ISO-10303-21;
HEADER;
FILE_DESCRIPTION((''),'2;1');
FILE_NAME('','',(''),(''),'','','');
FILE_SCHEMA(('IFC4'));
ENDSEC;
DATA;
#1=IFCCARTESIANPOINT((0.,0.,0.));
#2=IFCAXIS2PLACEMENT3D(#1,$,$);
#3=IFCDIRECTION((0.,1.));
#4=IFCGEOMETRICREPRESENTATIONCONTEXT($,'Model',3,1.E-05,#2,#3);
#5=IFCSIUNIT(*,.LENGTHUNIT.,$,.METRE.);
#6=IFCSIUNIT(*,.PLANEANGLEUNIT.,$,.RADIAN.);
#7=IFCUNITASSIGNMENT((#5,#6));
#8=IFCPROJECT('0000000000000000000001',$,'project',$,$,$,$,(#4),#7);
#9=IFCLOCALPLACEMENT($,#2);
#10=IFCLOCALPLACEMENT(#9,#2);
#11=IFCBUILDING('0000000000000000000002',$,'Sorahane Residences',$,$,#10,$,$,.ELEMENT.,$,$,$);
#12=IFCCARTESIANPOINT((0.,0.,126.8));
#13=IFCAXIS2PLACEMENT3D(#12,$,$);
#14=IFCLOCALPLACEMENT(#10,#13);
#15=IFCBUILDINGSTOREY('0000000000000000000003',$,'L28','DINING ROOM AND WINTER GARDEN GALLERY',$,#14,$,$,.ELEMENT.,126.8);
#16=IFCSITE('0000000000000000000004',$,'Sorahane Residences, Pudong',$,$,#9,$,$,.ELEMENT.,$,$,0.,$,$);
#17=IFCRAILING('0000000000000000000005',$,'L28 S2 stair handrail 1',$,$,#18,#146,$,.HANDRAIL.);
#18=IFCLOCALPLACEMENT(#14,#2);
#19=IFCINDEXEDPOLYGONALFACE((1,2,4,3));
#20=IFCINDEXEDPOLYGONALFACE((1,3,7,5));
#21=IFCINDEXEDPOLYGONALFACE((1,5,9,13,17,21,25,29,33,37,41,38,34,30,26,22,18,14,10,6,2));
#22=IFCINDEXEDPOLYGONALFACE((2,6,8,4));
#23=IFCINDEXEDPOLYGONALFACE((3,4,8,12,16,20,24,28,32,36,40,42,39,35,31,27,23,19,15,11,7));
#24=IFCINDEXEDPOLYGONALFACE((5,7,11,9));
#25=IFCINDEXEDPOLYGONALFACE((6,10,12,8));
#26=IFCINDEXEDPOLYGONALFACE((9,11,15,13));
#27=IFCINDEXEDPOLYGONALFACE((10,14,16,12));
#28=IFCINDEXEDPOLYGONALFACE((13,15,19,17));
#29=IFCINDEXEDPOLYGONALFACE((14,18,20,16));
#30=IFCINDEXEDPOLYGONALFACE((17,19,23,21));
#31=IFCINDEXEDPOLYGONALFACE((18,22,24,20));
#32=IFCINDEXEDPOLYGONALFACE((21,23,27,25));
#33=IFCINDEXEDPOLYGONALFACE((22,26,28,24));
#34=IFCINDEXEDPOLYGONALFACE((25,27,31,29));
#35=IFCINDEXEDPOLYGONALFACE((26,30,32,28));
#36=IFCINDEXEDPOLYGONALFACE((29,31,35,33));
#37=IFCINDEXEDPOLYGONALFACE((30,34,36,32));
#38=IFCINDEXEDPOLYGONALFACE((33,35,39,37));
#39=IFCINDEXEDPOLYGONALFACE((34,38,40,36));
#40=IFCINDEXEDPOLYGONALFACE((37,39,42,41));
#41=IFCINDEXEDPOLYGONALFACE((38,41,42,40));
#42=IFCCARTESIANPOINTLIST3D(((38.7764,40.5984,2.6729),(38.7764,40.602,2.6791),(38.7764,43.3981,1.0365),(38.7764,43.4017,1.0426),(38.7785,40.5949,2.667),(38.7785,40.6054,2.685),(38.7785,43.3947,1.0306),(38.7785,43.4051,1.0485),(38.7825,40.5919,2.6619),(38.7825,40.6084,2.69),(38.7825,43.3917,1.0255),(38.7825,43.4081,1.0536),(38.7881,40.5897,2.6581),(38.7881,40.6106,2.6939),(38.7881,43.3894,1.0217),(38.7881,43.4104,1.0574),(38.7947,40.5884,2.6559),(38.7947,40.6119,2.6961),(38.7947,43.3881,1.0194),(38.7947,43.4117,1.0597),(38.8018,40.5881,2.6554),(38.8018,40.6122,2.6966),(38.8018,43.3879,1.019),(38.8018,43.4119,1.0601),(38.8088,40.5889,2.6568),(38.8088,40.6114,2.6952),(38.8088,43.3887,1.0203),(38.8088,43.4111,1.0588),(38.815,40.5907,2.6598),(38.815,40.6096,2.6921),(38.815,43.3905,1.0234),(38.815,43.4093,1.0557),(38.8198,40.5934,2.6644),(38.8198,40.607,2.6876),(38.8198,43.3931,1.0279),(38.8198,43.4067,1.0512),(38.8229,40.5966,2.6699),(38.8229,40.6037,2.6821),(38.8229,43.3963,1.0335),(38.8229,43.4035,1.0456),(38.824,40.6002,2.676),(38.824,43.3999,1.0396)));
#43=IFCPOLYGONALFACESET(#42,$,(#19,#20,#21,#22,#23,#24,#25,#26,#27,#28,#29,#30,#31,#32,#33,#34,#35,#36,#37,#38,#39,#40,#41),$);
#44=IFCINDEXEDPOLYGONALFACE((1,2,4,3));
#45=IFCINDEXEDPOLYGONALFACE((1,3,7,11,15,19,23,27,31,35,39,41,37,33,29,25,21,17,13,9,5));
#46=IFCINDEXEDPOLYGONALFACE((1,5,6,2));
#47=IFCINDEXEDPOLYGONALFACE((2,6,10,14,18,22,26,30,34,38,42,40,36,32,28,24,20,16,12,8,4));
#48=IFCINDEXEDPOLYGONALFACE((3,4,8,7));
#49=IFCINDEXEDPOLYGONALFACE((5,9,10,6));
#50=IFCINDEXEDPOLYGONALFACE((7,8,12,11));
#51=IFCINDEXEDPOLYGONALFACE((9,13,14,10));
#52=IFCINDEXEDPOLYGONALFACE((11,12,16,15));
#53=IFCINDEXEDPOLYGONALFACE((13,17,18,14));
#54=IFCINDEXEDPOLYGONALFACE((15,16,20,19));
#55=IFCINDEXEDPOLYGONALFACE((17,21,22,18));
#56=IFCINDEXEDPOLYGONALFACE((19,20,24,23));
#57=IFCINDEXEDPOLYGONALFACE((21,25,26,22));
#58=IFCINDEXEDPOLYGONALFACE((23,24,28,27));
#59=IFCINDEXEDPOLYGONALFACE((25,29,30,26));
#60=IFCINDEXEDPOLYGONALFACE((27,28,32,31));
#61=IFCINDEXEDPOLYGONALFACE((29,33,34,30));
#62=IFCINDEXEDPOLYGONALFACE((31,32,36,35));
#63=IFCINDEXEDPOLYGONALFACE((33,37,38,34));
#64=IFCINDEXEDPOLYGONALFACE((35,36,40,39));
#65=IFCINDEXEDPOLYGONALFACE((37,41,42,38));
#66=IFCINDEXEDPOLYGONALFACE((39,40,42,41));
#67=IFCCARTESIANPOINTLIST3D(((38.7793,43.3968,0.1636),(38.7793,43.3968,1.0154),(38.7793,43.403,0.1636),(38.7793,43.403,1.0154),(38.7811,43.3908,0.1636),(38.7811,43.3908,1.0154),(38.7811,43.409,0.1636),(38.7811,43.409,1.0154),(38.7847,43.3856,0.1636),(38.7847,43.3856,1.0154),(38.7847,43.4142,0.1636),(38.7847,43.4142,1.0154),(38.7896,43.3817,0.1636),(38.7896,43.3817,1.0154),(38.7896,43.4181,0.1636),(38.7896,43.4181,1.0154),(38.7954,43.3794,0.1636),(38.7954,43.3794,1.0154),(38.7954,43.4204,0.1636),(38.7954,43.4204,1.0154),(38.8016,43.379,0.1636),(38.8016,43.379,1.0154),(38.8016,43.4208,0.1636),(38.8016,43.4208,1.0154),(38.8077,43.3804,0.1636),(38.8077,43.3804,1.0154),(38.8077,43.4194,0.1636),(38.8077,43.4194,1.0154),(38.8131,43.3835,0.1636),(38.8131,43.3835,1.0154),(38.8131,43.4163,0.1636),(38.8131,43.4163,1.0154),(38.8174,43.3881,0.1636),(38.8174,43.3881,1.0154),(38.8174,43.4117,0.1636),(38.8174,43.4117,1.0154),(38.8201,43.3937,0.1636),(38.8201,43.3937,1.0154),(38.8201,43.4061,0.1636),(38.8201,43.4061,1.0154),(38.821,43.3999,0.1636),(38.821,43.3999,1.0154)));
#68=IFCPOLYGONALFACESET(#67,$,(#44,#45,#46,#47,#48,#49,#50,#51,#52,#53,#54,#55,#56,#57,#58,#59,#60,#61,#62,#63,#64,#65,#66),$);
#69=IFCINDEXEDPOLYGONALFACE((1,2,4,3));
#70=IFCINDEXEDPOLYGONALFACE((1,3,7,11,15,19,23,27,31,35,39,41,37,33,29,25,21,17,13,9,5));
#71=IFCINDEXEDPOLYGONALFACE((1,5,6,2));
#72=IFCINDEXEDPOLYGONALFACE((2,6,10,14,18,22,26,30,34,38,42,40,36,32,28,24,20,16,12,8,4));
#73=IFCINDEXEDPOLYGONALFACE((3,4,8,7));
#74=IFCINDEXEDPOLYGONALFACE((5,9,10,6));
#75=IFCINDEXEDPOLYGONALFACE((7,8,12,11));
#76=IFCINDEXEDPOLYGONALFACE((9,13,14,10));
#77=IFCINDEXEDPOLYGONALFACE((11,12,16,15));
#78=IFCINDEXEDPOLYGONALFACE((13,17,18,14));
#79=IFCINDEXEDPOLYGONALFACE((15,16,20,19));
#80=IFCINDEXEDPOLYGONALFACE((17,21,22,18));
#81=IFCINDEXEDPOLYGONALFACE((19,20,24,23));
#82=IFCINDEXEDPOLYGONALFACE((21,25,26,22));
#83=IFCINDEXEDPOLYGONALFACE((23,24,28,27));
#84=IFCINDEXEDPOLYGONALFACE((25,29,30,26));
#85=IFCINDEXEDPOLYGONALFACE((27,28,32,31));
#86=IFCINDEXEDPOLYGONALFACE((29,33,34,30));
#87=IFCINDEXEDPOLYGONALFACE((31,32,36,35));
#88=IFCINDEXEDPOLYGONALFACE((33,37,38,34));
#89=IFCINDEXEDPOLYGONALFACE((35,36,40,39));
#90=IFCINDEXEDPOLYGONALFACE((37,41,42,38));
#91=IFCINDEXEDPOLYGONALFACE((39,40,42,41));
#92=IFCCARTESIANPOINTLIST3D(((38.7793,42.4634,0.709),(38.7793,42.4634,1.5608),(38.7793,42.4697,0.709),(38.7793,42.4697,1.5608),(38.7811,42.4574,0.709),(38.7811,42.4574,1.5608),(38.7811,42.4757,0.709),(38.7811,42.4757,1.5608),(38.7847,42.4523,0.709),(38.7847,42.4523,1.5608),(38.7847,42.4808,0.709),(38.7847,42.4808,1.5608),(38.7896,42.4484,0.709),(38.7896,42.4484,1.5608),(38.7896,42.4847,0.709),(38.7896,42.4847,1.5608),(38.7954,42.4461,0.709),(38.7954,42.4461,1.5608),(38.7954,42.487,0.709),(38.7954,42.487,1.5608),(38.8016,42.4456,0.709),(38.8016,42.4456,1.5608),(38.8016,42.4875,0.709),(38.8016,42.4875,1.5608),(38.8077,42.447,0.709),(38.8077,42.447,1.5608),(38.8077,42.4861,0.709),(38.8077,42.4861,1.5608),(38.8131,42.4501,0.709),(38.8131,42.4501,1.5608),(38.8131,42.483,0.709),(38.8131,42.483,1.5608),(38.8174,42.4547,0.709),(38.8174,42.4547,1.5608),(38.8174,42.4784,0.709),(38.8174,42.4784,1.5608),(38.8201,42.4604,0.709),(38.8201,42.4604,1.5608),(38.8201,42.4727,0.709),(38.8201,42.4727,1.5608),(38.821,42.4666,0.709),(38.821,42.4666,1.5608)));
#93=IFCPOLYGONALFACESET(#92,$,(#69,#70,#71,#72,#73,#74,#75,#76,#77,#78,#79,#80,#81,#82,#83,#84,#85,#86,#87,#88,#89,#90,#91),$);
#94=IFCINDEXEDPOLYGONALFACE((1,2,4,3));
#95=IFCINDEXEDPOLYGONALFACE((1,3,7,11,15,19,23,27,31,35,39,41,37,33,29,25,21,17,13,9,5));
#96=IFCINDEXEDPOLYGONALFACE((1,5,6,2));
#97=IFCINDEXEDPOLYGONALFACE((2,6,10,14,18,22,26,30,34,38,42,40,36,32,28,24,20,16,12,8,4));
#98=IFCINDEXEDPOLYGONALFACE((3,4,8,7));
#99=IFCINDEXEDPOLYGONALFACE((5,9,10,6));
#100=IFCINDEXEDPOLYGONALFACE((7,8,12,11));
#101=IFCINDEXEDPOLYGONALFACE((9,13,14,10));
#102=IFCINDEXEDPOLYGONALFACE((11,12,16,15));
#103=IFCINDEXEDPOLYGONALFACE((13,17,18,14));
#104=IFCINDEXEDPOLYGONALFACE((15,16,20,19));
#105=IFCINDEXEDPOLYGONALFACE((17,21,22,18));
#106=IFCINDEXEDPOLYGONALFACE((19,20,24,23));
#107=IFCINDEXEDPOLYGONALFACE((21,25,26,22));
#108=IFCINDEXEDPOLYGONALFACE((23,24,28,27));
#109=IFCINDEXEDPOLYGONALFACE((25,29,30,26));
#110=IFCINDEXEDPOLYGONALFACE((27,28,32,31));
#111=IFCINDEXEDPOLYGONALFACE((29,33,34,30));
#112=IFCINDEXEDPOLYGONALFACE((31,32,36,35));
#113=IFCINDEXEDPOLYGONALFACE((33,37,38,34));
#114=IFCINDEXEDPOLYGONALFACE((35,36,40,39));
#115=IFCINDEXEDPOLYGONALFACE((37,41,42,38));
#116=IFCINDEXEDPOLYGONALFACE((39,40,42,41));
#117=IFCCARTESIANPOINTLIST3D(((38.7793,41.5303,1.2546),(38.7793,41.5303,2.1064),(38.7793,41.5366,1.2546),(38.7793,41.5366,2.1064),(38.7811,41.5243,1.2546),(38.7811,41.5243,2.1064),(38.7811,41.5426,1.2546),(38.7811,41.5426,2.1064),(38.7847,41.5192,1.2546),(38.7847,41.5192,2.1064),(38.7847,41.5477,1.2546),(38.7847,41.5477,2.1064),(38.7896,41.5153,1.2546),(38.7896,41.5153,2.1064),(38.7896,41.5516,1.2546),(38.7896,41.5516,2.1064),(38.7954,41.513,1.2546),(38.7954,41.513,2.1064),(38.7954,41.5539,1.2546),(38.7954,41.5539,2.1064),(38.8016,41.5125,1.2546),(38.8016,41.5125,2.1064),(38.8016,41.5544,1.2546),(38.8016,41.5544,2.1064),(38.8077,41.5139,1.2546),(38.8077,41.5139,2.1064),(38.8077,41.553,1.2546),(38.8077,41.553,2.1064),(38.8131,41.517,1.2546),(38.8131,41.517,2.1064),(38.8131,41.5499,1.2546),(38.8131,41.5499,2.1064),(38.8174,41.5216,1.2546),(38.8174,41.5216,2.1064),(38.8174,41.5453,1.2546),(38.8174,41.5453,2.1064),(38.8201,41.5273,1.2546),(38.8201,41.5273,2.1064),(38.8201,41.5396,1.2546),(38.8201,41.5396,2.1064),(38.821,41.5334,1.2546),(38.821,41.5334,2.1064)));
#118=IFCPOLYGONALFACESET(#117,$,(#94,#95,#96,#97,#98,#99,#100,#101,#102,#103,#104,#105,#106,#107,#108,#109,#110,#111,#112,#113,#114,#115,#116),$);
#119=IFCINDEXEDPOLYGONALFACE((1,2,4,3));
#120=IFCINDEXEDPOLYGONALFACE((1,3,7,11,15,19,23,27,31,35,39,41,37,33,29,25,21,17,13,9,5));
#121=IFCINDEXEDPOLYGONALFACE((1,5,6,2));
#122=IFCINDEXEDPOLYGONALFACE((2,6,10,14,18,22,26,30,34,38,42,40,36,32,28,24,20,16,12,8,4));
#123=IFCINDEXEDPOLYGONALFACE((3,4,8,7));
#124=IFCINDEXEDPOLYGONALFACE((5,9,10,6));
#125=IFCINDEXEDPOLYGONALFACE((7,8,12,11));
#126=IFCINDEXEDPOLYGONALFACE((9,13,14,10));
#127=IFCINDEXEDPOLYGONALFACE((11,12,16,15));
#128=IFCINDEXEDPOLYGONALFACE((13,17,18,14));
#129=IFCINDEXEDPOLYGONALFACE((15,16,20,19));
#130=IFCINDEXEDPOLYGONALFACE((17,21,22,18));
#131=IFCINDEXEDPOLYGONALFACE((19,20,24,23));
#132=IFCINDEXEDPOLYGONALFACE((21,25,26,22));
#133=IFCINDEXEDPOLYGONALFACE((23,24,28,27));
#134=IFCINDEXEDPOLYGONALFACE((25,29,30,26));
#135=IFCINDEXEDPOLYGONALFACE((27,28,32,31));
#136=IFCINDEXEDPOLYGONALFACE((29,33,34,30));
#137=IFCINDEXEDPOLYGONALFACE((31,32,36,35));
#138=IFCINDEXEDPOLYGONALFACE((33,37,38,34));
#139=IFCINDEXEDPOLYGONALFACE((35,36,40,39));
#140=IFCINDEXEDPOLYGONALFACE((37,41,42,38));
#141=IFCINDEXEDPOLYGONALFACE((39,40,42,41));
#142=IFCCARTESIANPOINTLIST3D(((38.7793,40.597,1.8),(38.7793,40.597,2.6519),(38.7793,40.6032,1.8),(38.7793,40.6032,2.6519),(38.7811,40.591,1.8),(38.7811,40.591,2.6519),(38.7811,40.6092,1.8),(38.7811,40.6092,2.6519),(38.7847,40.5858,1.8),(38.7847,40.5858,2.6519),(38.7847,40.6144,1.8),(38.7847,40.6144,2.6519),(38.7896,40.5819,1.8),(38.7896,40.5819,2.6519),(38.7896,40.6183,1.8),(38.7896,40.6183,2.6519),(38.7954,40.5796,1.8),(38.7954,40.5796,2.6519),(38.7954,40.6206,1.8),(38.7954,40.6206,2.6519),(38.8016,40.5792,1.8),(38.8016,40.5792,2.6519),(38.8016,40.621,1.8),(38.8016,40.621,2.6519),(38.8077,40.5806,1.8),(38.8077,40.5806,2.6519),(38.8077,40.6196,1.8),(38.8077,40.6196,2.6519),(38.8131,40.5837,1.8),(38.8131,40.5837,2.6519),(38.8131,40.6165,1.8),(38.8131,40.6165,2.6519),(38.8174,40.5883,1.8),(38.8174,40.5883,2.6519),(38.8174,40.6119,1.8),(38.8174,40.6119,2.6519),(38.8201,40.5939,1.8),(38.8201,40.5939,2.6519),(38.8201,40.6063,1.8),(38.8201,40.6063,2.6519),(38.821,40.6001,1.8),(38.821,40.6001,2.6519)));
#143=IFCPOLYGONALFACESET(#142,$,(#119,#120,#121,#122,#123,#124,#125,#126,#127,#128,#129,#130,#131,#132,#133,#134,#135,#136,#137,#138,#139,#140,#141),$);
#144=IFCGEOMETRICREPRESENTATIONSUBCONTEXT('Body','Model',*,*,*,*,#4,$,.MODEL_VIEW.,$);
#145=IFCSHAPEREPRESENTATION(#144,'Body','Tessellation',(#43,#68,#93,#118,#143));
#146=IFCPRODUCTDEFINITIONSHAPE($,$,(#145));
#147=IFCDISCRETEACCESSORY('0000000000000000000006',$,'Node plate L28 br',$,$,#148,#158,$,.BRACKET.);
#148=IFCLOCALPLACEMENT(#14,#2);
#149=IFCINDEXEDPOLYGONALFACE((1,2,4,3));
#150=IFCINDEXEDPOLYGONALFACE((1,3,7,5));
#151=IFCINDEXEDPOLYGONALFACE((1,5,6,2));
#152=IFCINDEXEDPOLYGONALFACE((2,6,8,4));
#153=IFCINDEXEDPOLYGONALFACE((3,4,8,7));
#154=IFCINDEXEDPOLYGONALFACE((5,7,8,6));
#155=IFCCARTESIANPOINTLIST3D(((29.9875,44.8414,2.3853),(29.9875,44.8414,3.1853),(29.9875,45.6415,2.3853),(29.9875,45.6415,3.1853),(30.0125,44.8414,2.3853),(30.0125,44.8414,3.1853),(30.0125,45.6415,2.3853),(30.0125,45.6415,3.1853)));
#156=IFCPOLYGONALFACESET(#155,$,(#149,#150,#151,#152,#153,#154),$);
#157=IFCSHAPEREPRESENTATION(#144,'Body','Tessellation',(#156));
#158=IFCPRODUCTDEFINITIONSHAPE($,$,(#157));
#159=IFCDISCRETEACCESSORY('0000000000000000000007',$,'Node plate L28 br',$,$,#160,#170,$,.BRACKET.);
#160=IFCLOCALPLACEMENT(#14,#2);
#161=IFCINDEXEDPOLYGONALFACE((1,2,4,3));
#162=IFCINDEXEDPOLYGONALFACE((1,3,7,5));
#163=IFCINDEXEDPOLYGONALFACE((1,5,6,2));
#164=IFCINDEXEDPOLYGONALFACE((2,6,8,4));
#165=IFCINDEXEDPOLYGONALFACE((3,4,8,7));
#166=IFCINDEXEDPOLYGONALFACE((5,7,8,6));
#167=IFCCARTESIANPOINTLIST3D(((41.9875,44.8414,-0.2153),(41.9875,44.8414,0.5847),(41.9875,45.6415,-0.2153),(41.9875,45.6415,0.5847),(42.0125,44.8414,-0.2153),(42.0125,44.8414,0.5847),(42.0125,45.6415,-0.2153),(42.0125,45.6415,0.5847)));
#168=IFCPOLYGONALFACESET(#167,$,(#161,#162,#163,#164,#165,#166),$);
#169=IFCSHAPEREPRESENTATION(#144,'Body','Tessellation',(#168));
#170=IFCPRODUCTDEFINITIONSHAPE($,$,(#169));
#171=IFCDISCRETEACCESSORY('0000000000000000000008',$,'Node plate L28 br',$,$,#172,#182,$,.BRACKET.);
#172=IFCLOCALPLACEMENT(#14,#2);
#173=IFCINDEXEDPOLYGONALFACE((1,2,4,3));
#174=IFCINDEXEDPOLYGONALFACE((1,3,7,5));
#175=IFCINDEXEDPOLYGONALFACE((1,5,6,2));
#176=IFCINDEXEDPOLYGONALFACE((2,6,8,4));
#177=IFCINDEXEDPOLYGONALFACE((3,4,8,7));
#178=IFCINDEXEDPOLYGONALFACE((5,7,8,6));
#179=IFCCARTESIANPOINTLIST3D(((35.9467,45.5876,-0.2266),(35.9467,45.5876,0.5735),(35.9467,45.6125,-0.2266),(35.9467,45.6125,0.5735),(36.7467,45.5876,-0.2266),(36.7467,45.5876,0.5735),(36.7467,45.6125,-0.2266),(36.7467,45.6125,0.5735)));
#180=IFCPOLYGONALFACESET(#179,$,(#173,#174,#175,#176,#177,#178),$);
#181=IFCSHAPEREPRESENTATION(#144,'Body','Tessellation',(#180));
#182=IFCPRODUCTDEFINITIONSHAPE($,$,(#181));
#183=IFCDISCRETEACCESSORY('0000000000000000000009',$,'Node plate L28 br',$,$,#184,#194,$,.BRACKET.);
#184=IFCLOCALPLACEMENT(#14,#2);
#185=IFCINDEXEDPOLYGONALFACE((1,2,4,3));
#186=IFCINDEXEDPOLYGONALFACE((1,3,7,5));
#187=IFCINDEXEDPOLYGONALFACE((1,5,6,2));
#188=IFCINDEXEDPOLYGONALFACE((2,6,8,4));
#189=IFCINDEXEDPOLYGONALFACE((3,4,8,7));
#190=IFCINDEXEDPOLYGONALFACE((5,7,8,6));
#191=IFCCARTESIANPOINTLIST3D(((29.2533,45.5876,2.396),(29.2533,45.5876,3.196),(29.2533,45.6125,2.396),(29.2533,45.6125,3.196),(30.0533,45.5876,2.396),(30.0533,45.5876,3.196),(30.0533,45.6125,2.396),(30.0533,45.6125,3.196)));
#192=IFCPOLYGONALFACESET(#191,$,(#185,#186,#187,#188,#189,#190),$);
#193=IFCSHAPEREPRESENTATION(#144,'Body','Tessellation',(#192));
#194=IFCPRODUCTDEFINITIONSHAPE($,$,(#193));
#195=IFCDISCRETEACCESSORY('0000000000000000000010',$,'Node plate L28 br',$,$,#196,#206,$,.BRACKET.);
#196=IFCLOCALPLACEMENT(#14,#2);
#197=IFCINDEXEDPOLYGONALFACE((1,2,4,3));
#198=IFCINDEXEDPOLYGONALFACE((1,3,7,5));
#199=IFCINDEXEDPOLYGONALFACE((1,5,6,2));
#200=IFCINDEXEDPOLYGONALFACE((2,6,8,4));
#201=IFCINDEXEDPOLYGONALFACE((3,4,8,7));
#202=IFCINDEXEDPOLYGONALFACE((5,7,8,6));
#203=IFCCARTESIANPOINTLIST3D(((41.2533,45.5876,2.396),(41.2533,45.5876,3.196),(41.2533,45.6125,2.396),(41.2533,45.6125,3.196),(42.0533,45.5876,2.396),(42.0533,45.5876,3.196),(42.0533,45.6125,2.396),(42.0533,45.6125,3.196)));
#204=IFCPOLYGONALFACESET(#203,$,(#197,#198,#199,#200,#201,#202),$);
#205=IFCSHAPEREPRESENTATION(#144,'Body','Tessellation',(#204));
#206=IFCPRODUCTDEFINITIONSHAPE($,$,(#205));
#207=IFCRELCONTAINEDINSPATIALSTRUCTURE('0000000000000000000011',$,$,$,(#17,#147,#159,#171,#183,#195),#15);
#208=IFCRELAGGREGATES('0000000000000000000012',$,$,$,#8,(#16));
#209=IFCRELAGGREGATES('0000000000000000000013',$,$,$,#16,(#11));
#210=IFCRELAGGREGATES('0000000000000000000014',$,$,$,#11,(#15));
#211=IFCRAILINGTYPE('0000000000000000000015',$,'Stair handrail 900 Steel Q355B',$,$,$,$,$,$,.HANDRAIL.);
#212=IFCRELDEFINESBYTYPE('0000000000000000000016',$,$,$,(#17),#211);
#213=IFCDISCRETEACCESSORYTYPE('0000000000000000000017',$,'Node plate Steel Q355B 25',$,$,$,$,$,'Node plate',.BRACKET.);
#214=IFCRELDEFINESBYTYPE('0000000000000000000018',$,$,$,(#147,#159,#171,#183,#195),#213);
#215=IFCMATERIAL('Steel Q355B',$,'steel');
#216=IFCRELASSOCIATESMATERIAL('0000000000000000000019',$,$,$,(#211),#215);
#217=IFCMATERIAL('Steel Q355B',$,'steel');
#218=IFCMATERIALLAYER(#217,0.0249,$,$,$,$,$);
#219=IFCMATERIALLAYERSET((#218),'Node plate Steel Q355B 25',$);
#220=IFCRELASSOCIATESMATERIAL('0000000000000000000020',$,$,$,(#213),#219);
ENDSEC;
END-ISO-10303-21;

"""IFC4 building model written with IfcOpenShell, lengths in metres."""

from ifc_helpers import new_model, si_unit, direction, frame, origin, origin_2d, place, context, subcontext, project, spatial, rectangle, circle, extrude, material, layer, layer_set, type_object, element, save


model = new_model("IFC4")

# Units and contexts
model_context = context("Model", 3, precision=1e-05, world=origin(), true_north=direction((0.0, 1.0)))
body_context = subcontext(model_context, "Body", "Model", "MODEL_VIEW")
ifc_project = project(units=[si_unit("LENGTHUNIT", "METRE"), si_unit("PLANEANGLEUNIT", "RADIAN")], contexts=[model_context])

# Site, building, storey
site_placement = place(None, origin())
site = spatial("IfcSite", under=ifc_project, at=site_placement, Name="Sorahane Residences, Pudong", CompositionType="ELEMENT", RefElevation=0.0)
building_placement = place(site_placement, origin())
building = spatial("IfcBuilding", under=site, at=building_placement, Name="Sorahane Residences", CompositionType="ELEMENT")
storey_placement = place(building_placement, frame((0.0, 0.0, 126.8)))
storey = spatial("IfcBuildingStorey", under=building, at=storey_placement, Name="L28", Description="DINING ROOM AND WINTER GARDEN GALLERY", CompositionType="ELEMENT", Elevation=126.8)

# Railing
ifc_material_1 = material(Name="Steel Q355B", Category="steel")
railing_type_1 = type_object("IfcRailingType", Name="Stair handrail 900 Steel Q355B", PredefinedType="HANDRAIL", material=ifc_material_1)
railing_1_placement = place(storey_placement, frame((38.8, 43.3999, 0.1636)))
element("IfcRailing", 1, at=railing_1_placement, inside=storey, type_object=railing_type_1, Name="L28 S2 stair handrail 1", PredefinedType="HANDRAIL", context=body_context, shape_type="SweptSolid", body=[
    extrude(circle(Radius=0.0239, at=origin_2d()), frame((0.0, 0.0, 0.876), z_axis=(0.0, -0.863342, 0.50462), x_axis=(1.0, 0.0, 0.0)), (0.0, 0.0, 1.0), 3.2429),
    extrude(circle(Radius=0.021, at=origin_2d()), origin(), (0.0, 0.0, 1.0), 0.8518),
    extrude(circle(Radius=0.021, at=origin_2d()), frame((0.0, -0.9333, 0.5454)), (0.0, 0.0, 1.0), 0.8518),
    extrude(circle(Radius=0.021, at=origin_2d()), frame((0.0, -1.8665, 1.0911)), (0.0, 0.0, 1.0), 0.8518),
    extrude(circle(Radius=0.021, at=origin_2d()), frame((0.0, -2.7998, 1.6365)), (0.0, 0.0, 1.0), 0.8518),
])

# Discrete accessories
ifc_material_2 = material(Name="Steel Q355B", Category="steel")
ifc_layer_1 = layer(ifc_material_2, 0.0249)
ifc_layer_set_1 = layer_set([ifc_layer_1], Name="Node plate Steel Q355B 25")
discrete_accessory_type = type_object("IfcDiscreteAccessoryType", Name="Node plate Steel Q355B 25", ElementType="Node plate", PredefinedType="BRACKET", material=ifc_layer_set_1)
for number, where, z_axis, x_axis, name in (
    (2, (30.0, 45.2415, 2.3853), (0.0, 0.0, 1.0), (0.0, 1.0, 0.0), "Node plate L28 br"),
    (3, (42.0, 45.2415, -0.2153), (0.0, 0.0, 1.0), (0.0, 1.0, 0.0), "Node plate L28 br"),
    (4, (36.3467, 45.6001, -0.2266), (0.0, 0.0, 1.0), (1.0, 0.0, 0.0), "Node plate L28 br"),
    (5, (29.6533, 45.6001, 2.396), (0.0, 0.0, 1.0), (1.0, 0.0, 0.0), "Node plate L28 br"),
    (6, (41.6533, 45.6001, 2.396), (0.0, 0.0, 1.0), (1.0, 0.0, 0.0), "Node plate L28 br"),
):
    element("IfcDiscreteAccessory", number, at=place(storey_placement, frame(where, z_axis=z_axis, x_axis=x_axis)), inside=storey, type_object=discrete_accessory_type, Name=name, PredefinedType="BRACKET", context=body_context, shape_type="SweptSolid", body=[
        extrude(rectangle(XDim=0.8, YDim=0.0249, at=origin_2d()), origin(), (0.0, 0.0, 1.0), 0.8),
    ])

save(model, "model.ifc")
